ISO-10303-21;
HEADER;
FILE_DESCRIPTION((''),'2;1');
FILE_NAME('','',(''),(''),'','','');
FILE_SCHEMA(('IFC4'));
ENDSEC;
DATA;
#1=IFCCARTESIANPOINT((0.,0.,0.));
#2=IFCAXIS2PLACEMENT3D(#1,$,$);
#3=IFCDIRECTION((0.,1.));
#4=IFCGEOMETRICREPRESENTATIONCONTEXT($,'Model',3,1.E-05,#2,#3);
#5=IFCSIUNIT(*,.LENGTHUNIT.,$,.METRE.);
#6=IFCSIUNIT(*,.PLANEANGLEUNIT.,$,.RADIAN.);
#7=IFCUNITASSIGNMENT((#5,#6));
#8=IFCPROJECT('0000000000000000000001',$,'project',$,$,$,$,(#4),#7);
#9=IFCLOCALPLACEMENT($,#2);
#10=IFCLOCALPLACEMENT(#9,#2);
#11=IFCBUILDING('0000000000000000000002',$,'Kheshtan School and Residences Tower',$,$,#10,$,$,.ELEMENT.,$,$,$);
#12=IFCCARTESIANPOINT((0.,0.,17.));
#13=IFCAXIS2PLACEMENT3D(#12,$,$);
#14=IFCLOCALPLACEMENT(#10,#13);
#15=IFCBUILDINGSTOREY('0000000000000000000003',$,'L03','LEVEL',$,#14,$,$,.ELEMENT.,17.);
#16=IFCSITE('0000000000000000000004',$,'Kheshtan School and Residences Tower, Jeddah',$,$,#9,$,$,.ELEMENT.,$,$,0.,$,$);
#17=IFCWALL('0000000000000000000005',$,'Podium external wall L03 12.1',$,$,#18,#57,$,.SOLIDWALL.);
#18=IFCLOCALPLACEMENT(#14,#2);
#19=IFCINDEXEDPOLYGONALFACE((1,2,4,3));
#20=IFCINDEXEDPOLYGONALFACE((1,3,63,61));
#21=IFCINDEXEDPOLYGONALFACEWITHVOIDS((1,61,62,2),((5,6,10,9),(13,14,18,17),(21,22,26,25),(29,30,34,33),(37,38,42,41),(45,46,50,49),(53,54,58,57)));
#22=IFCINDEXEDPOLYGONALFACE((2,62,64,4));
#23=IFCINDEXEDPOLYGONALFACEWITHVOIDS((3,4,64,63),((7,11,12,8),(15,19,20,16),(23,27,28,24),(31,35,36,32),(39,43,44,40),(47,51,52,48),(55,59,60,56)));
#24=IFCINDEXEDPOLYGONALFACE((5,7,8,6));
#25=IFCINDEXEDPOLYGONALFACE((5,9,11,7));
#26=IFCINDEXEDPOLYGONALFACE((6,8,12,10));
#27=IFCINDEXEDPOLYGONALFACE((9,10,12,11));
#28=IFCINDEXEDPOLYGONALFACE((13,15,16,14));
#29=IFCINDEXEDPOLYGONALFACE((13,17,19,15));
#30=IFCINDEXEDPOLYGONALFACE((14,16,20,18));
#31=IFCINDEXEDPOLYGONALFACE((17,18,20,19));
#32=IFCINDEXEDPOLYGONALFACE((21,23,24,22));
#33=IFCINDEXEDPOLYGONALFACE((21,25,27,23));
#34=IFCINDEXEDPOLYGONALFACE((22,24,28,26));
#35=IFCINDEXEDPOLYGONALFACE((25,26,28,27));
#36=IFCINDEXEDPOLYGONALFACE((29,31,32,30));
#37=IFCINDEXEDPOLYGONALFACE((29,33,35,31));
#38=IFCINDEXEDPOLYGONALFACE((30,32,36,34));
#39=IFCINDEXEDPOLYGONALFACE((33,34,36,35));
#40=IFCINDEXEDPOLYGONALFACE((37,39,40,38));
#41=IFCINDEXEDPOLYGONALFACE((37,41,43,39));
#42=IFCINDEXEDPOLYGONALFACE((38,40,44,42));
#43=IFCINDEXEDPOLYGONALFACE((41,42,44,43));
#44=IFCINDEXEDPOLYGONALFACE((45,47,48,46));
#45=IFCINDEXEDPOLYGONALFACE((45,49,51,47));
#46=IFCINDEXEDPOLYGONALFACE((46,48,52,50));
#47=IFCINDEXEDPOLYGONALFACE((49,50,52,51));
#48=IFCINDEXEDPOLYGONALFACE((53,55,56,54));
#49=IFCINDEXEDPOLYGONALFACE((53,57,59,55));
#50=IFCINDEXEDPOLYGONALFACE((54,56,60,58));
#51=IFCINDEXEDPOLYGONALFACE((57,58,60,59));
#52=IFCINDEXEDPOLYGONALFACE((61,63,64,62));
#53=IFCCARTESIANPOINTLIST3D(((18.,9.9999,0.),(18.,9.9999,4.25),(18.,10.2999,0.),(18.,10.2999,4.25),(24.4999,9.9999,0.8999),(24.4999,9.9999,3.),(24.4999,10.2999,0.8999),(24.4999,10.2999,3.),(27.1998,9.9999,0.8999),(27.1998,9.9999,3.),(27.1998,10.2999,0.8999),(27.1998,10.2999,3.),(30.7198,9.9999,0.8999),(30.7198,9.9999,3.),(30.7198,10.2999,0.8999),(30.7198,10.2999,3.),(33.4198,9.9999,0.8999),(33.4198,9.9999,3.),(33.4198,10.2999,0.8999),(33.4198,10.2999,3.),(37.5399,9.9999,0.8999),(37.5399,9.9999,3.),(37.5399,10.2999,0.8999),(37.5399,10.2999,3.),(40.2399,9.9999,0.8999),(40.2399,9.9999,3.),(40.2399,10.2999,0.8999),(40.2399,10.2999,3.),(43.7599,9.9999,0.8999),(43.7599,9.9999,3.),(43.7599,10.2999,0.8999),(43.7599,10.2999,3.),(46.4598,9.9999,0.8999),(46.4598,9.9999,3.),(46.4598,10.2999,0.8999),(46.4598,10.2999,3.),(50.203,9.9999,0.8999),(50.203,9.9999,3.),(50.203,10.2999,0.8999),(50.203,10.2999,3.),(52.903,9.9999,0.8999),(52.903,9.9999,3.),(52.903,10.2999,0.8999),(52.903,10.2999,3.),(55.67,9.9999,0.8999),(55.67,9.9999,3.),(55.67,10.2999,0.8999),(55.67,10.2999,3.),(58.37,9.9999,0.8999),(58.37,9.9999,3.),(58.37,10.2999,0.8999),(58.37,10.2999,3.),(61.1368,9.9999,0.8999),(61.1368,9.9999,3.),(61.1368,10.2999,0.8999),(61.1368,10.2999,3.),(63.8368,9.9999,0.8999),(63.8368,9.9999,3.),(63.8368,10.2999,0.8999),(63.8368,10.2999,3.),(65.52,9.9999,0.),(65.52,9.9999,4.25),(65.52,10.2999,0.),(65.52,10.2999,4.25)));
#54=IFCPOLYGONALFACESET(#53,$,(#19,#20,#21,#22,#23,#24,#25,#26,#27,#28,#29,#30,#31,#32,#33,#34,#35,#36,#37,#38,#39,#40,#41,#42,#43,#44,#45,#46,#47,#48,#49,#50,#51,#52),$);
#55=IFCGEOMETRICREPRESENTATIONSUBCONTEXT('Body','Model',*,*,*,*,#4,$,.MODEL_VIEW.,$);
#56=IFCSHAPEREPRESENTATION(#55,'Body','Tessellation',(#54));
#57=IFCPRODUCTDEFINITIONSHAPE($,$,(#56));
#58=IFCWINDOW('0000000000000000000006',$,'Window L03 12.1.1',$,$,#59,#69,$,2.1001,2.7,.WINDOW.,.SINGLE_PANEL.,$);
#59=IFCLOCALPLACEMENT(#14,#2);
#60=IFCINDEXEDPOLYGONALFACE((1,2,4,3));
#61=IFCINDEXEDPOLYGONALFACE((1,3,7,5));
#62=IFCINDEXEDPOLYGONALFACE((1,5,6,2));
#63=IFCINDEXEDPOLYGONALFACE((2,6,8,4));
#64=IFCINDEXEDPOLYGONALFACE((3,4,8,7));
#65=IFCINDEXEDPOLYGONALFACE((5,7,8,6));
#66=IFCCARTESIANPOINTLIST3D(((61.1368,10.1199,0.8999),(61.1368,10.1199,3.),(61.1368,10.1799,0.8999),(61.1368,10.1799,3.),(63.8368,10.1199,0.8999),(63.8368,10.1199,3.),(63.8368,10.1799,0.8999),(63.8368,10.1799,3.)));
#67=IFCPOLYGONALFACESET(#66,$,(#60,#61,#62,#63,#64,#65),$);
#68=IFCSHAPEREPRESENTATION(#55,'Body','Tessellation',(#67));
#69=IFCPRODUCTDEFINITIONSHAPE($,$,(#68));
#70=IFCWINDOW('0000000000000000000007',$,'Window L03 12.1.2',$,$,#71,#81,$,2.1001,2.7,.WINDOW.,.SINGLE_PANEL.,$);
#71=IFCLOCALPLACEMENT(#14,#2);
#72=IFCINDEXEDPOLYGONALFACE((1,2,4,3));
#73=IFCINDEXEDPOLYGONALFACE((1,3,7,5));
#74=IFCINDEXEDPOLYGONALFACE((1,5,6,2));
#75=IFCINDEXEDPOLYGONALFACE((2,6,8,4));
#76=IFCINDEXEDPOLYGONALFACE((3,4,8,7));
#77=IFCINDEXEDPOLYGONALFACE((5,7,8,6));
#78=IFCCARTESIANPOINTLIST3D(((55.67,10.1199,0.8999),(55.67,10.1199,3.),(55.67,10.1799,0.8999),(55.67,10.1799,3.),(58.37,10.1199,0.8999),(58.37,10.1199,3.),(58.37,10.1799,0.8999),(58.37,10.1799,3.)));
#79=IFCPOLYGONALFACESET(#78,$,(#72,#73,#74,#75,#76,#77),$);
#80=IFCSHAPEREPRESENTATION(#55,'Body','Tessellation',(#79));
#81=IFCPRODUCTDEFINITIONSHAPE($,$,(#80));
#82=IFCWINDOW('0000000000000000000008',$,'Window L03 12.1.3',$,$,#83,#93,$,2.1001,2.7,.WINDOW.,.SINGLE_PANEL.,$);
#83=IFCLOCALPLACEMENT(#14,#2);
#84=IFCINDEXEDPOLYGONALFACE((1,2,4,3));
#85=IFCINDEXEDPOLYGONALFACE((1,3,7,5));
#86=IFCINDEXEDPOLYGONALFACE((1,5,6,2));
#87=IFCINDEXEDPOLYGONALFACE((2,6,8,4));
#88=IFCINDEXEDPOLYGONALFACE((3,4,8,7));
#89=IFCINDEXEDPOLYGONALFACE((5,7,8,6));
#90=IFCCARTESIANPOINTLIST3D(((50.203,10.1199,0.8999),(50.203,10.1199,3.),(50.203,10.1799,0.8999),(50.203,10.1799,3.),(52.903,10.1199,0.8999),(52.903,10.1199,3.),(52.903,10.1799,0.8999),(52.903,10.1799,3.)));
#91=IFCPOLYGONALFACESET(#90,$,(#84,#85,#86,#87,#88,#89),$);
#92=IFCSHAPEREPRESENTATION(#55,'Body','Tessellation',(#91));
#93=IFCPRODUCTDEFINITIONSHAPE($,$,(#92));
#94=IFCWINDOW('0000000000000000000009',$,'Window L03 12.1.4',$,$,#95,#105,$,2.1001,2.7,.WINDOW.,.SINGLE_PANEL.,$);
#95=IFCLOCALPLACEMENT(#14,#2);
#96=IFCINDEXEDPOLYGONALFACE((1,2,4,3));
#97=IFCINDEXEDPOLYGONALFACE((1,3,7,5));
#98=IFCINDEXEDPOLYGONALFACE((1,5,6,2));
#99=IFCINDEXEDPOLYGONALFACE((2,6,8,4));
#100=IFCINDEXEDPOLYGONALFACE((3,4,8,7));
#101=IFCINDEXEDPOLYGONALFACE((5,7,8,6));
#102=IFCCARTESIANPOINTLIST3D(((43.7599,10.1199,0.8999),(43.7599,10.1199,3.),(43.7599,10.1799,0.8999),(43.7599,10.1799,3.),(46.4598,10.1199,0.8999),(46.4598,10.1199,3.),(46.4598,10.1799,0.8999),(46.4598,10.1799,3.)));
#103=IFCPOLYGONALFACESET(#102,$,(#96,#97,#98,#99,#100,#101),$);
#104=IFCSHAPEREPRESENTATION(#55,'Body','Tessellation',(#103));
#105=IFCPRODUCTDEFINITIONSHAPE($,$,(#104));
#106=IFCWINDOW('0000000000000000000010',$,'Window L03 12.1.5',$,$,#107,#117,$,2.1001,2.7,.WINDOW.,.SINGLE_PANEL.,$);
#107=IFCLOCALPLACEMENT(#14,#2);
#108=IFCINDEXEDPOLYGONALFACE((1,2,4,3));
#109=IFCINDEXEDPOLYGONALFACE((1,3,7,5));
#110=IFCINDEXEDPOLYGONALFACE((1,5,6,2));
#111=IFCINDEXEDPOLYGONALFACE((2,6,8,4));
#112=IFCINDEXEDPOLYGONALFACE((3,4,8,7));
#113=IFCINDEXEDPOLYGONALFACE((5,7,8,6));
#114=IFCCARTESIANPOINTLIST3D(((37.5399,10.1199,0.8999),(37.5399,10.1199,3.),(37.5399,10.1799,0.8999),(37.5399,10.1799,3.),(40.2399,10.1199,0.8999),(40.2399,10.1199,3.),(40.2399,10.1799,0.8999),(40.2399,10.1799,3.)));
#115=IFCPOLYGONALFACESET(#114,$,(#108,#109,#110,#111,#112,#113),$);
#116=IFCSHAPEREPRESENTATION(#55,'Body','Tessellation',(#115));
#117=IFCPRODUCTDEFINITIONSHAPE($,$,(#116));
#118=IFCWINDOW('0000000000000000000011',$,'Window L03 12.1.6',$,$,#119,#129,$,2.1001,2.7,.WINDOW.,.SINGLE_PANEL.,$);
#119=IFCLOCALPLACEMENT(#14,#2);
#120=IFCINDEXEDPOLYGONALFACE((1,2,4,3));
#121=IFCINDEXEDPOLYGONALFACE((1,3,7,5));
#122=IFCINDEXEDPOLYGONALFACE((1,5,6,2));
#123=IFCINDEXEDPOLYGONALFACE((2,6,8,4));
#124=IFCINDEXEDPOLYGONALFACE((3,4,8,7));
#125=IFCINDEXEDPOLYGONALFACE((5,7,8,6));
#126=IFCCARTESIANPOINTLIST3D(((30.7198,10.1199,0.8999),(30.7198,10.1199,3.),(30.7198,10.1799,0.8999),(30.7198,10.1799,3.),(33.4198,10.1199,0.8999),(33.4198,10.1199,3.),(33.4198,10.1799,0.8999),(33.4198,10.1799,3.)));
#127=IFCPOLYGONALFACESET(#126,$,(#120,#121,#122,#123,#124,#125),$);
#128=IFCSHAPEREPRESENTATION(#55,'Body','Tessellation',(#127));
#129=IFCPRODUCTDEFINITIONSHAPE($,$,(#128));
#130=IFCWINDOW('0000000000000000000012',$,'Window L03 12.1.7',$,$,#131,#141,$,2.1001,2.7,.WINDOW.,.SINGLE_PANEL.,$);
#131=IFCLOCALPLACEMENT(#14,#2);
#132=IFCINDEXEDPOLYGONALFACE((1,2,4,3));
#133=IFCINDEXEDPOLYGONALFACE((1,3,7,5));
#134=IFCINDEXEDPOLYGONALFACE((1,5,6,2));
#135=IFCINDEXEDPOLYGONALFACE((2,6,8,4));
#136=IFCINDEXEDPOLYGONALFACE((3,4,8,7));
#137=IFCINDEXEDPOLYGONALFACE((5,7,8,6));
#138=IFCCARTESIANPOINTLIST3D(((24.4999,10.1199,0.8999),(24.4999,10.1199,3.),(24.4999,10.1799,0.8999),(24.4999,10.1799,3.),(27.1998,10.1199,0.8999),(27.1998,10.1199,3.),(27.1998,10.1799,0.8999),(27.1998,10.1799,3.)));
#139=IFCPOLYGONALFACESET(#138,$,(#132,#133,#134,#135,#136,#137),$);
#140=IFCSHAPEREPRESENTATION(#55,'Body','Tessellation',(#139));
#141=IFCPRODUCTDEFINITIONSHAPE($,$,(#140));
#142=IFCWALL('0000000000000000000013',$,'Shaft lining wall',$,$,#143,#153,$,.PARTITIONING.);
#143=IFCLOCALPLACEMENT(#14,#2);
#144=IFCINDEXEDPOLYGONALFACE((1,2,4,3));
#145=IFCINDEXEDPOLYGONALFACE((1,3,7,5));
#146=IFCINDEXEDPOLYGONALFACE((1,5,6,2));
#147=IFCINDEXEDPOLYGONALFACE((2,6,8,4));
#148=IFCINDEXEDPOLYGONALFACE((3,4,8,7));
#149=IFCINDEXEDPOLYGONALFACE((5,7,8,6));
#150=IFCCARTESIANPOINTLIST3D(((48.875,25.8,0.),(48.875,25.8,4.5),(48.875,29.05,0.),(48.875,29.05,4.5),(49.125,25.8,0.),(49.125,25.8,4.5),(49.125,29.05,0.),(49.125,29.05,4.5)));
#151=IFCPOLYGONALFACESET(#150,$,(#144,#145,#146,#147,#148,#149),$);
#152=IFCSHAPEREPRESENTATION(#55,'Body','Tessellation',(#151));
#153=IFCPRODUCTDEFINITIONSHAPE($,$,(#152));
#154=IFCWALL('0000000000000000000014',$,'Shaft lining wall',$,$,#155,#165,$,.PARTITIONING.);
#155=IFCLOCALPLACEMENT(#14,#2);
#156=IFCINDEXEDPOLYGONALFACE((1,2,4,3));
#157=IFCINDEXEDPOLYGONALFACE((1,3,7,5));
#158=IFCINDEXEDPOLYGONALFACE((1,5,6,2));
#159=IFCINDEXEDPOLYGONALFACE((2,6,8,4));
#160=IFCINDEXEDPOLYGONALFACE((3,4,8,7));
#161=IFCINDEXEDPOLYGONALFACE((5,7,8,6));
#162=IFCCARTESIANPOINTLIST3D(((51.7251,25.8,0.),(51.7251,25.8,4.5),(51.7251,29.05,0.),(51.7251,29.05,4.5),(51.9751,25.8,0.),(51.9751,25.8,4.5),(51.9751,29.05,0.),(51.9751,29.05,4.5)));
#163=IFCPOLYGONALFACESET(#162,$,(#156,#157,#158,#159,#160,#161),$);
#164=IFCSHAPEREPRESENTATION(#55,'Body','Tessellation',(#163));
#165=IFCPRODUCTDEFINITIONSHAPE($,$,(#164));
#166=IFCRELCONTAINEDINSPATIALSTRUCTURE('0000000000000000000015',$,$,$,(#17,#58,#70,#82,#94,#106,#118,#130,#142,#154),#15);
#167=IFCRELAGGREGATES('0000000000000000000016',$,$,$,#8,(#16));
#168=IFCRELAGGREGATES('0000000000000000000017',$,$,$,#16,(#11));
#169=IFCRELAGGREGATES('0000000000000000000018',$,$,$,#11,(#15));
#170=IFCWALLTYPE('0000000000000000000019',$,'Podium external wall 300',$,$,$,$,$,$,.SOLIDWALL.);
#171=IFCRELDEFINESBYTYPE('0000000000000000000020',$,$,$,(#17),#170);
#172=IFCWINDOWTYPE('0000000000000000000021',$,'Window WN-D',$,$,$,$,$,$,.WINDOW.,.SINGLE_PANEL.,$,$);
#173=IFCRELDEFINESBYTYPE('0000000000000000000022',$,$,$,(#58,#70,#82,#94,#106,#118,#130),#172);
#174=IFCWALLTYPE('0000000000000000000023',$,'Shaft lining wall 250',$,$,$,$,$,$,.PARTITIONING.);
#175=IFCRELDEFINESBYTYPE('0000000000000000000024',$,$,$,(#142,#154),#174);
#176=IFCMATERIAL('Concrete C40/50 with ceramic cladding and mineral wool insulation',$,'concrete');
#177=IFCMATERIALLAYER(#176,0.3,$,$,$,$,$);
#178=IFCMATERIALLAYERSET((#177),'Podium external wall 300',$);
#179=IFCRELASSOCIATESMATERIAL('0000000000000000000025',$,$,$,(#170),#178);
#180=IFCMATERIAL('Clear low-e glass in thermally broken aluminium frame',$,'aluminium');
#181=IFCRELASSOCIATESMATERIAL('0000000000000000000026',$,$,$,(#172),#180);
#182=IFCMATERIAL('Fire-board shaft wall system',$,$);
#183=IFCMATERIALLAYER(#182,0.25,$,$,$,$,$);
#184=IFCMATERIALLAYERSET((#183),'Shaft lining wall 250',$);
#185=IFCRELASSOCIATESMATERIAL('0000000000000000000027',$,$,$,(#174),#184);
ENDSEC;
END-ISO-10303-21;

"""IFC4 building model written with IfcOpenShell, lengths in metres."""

from ifc_helpers import new_model, si_unit, direction, frame, frame_2d, origin, place, context, subcontext, project, spatial, rectangle, extrude, source, transform, mapped, material, layer, layer_set, type_object, element, fill, save


model = new_model("IFC4")

# Units and contexts
model_context = context("Model", 3, precision=1e-05, world=origin(), true_north=direction((0.0, 1.0)))
body_context = subcontext(model_context, "Body", "Model", "MODEL_VIEW")
ifc_project = project(units=[si_unit("LENGTHUNIT", "METRE"), si_unit("PLANEANGLEUNIT", "RADIAN")], contexts=[model_context])

# Site, building, storey
site_placement = place(None, origin())
site = spatial("IfcSite", under=ifc_project, at=site_placement, Name="Kheshtan School and Residences Tower, Jeddah", CompositionType="ELEMENT", RefElevation=0.0)
building_placement = place(site_placement, origin())
building = spatial("IfcBuilding", under=site, at=building_placement, Name="Kheshtan School and Residences Tower", CompositionType="ELEMENT")
storey_placement = place(building_placement, frame((0.0, 0.0, 17.0)))
storey = spatial("IfcBuildingStorey", under=building, at=storey_placement, Name="L03", Description="LEVEL", CompositionType="ELEMENT", Elevation=17.0)

# Shared definitions
ifc_material_1 = material(Name="Clear low-e glass in thermally broken aluminium frame", Category="aluminium")

# Wall, openings, windows
ifc_material_2 = material(Name="Concrete C40/50 with ceramic cladding and mineral wool insulation", Category="concrete")
ifc_layer_1 = layer(ifc_material_2, 0.3)
ifc_layer_set_1 = layer_set([ifc_layer_1], Name="Podium external wall 300")
wall_type_1 = type_object("IfcWallType", Name="Podium external wall 300", PredefinedType="SOLIDWALL", material=ifc_layer_set_1)
wall_1_placement = place(storey_placement, frame((65.52, 10.1499, 0.0), z_axis=(0.0, 0.0, 1.0), x_axis=(-1.0, 0.0, 0.0)))
wall_1 = element("IfcWall", 1, at=wall_1_placement, inside=storey, type_object=wall_type_1, Name="Podium external wall L03 12.1", PredefinedType="SOLIDWALL", context=body_context, shape_type="SweptSolid", body=[
    extrude(rectangle(XDim=47.52, YDim=0.3, at=frame_2d((23.76, 0.0))), origin(), (0.0, 0.0, 1.0), 4.25),
])
opening_1_placement = place(wall_1_placement, frame((1.6831, 0.0, 0.8999)))
opening_1 = element("IfcOpeningElement", 2, at=opening_1_placement, cuts=wall_1, PredefinedType="OPENING", context=body_context, shape_type="SweptSolid", body=[
    extrude(rectangle(XDim=2.7, YDim=2.1001, at=frame_2d((1.3501, 1.05))), frame((0.0, 0.1602, 0.0), z_axis=(0.0, -1.0, 0.0), x_axis=(1.0, 0.0, 0.0)), (0.0, 0.0, 1.0), 0.3201),
])
opening_2_placement = place(wall_1_placement, frame((7.1499, 0.0, 0.8999)))
opening_2 = element("IfcOpeningElement", 3, at=opening_2_placement, cuts=wall_1, PredefinedType="OPENING", context=body_context, shape_type="SweptSolid", body=[
    extrude(rectangle(XDim=2.7, YDim=2.1001, at=frame_2d((1.3501, 1.05))), frame((0.0, 0.1602, 0.0), z_axis=(0.0, -1.0, 0.0), x_axis=(1.0, 0.0, 0.0)), (0.0, 0.0, 1.0), 0.3201),
])
opening_3_placement = place(wall_1_placement, frame((12.6169, 0.0, 0.8999)))
opening_3 = element("IfcOpeningElement", 4, at=opening_3_placement, cuts=wall_1, PredefinedType="OPENING", context=body_context, shape_type="SweptSolid", body=[
    extrude(rectangle(XDim=2.7, YDim=2.1001, at=frame_2d((1.3501, 1.05))), frame((0.0, 0.1602, 0.0), z_axis=(0.0, -1.0, 0.0), x_axis=(1.0, 0.0, 0.0)), (0.0, 0.0, 1.0), 0.3201),
])
opening_4_placement = place(wall_1_placement, frame((19.0601, 0.0, 0.8999)))
opening_4 = element("IfcOpeningElement", 5, at=opening_4_placement, cuts=wall_1, PredefinedType="OPENING", context=body_context, shape_type="SweptSolid", body=[
    extrude(rectangle(XDim=2.7, YDim=2.1001, at=frame_2d((1.3501, 1.05))), frame((0.0, 0.1602, 0.0), z_axis=(0.0, -1.0, 0.0), x_axis=(1.0, 0.0, 0.0)), (0.0, 0.0, 1.0), 0.3201),
])
opening_5_placement = place(wall_1_placement, frame((25.28, 0.0, 0.8999)))
opening_5 = element("IfcOpeningElement", 6, at=opening_5_placement, cuts=wall_1, PredefinedType="OPENING", context=body_context, shape_type="SweptSolid", body=[
    extrude(rectangle(XDim=2.7, YDim=2.1001, at=frame_2d((1.3501, 1.05))), frame((0.0, 0.1602, 0.0), z_axis=(0.0, -1.0, 0.0), x_axis=(1.0, 0.0, 0.0)), (0.0, 0.0, 1.0), 0.3201),
])
opening_6_placement = place(wall_1_placement, frame((32.1001, 0.0, 0.8999)))
opening_6 = element("IfcOpeningElement", 7, at=opening_6_placement, cuts=wall_1, PredefinedType="OPENING", context=body_context, shape_type="SweptSolid", body=[
    extrude(rectangle(XDim=2.7, YDim=2.1001, at=frame_2d((1.3501, 1.05))), frame((0.0, 0.1602, 0.0), z_axis=(0.0, -1.0, 0.0), x_axis=(1.0, 0.0, 0.0)), (0.0, 0.0, 1.0), 0.3201),
])
opening_7_placement = place(wall_1_placement, frame((38.3201, 0.0, 0.8999)))
opening_7 = element("IfcOpeningElement", 8, at=opening_7_placement, cuts=wall_1, PredefinedType="OPENING", context=body_context, shape_type="SweptSolid", body=[
    extrude(rectangle(XDim=2.7, YDim=2.1001, at=frame_2d((1.3501, 1.05))), frame((0.0, 0.1602, 0.0), z_axis=(0.0, -1.0, 0.0), x_axis=(1.0, 0.0, 0.0)), (0.0, 0.0, 1.0), 0.3201),
])
window_type = type_object("IfcWindowType", Name="Window WN-D", PartitioningType="SINGLE_PANEL", PredefinedType="WINDOW", material=ifc_material_1)
shared_shape = source(origin(), body_context, "Body", "SweptSolid", [
    extrude(rectangle(XDim=2.7, YDim=2.1001, at=frame_2d((1.3501, 1.05))), frame((0.0, 0.03, 0.0), z_axis=(0.0, -1.0, 0.0), x_axis=(1.0, 0.0, 0.0)), (0.0, 0.0, 1.0), 0.0601),
])
window_1_placement = place(opening_1_placement, origin())
window_1 = element("IfcWindow", 9, at=window_1_placement, inside=storey, type_object=window_type, Name="Window L03 12.1.1", OverallHeight=2.1001, OverallWidth=2.7, PartitioningType="SINGLE_PANEL", PredefinedType="WINDOW", context=body_context, shape_type="MappedRepresentation", body=[
    mapped(shared_shape, transform((0.0, 0.0, 0.0), x_axis=(1.0, 0.0, 0.0), y_axis=(0.0, 1.0, 0.0), z_axis=(0.0, 0.0, 1.0), scale=1.0)),
])
fill(opening_1, window_1)
window_2_placement = place(opening_2_placement, origin())
window_2 = element("IfcWindow", 10, at=window_2_placement, inside=storey, type_object=window_type, Name="Window L03 12.1.2", OverallHeight=2.1001, OverallWidth=2.7, PartitioningType="SINGLE_PANEL", PredefinedType="WINDOW", context=body_context, shape_type="MappedRepresentation", body=[
    mapped(shared_shape, transform((0.0, 0.0, 0.0), x_axis=(1.0, 0.0, 0.0), y_axis=(0.0, 1.0, 0.0), z_axis=(0.0, 0.0, 1.0), scale=1.0)),
])
fill(opening_2, window_2)
window_3_placement = place(opening_3_placement, origin())
window_3 = element("IfcWindow", 11, at=window_3_placement, inside=storey, type_object=window_type, Name="Window L03 12.1.3", OverallHeight=2.1001, OverallWidth=2.7, PartitioningType="SINGLE_PANEL", PredefinedType="WINDOW", context=body_context, shape_type="MappedRepresentation", body=[
    mapped(shared_shape, transform((0.0, 0.0, 0.0), x_axis=(1.0, 0.0, 0.0), y_axis=(0.0, 1.0, 0.0), z_axis=(0.0, 0.0, 1.0), scale=1.0)),
])
fill(opening_3, window_3)
window_4_placement = place(opening_4_placement, origin())
window_4 = element("IfcWindow", 12, at=window_4_placement, inside=storey, type_object=window_type, Name="Window L03 12.1.4", OverallHeight=2.1001, OverallWidth=2.7, PartitioningType="SINGLE_PANEL", PredefinedType="WINDOW", context=body_context, shape_type="MappedRepresentation", body=[
    mapped(shared_shape, transform((0.0, 0.0, 0.0), x_axis=(1.0, 0.0, 0.0), y_axis=(0.0, 1.0, 0.0), z_axis=(0.0, 0.0, 1.0), scale=1.0)),
])
fill(opening_4, window_4)
window_5_placement = place(opening_5_placement, origin())
window_5 = element("IfcWindow", 13, at=window_5_placement, inside=storey, type_object=window_type, Name="Window L03 12.1.5", OverallHeight=2.1001, OverallWidth=2.7, PartitioningType="SINGLE_PANEL", PredefinedType="WINDOW", context=body_context, shape_type="MappedRepresentation", body=[
    mapped(shared_shape, transform((0.0, 0.0, 0.0), x_axis=(1.0, 0.0, 0.0), y_axis=(0.0, 1.0, 0.0), z_axis=(0.0, 0.0, 1.0), scale=1.0)),
])
fill(opening_5, window_5)
window_6_placement = place(opening_6_placement, origin())
window_6 = element("IfcWindow", 14, at=window_6_placement, inside=storey, type_object=window_type, Name="Window L03 12.1.6", OverallHeight=2.1001, OverallWidth=2.7, PartitioningType="SINGLE_PANEL", PredefinedType="WINDOW", context=body_context, shape_type="MappedRepresentation", body=[
    mapped(shared_shape, transform((0.0, 0.0, 0.0), x_axis=(1.0, 0.0, 0.0), y_axis=(0.0, 1.0, 0.0), z_axis=(0.0, 0.0, 1.0), scale=1.0)),
])
fill(opening_6, window_6)
window_7_placement = place(opening_7_placement, origin())
window_7 = element("IfcWindow", 15, at=window_7_placement, inside=storey, type_object=window_type, Name="Window L03 12.1.7", OverallHeight=2.1001, OverallWidth=2.7, PartitioningType="SINGLE_PANEL", PredefinedType="WINDOW", context=body_context, shape_type="MappedRepresentation", body=[
    mapped(shared_shape, transform((0.0, 0.0, 0.0), x_axis=(1.0, 0.0, 0.0), y_axis=(0.0, 1.0, 0.0), z_axis=(0.0, 0.0, 1.0), scale=1.0)),
])
fill(opening_7, window_7)

# Walls
ifc_material_3 = material(Name="Fire-board shaft wall system")
ifc_layer_2 = layer(ifc_material_3, 0.25)
ifc_layer_set_2 = layer_set([ifc_layer_2], Name="Shaft lining wall 250")
wall_type_2 = type_object("IfcWallType", Name="Shaft lining wall 250", PredefinedType="PARTITIONING", material=ifc_layer_set_2)
for number, where, z_axis, x_axis, name in (
    (16, (49.0, 25.8, 0.0), (0.0, 0.0, 1.0), (0.0, 1.0, 0.0), "Shaft lining wall"),
    (17, (51.8501, 25.8, 0.0), (0.0, 0.0, 1.0), (0.0, 1.0, 0.0), "Shaft lining wall"),
):
    element("IfcWall", number, at=place(storey_placement, frame(where, z_axis=z_axis, x_axis=x_axis)), inside=storey, type_object=wall_type_2, Name=name, PredefinedType="PARTITIONING", context=body_context, shape_type="SweptSolid", body=[
        extrude(rectangle(XDim=3.25, YDim=0.25, at=frame_2d((1.625, 0.0))), origin(), (0.0, 0.0, 1.0), 4.5),
    ])

save(model, "model.ifc")
